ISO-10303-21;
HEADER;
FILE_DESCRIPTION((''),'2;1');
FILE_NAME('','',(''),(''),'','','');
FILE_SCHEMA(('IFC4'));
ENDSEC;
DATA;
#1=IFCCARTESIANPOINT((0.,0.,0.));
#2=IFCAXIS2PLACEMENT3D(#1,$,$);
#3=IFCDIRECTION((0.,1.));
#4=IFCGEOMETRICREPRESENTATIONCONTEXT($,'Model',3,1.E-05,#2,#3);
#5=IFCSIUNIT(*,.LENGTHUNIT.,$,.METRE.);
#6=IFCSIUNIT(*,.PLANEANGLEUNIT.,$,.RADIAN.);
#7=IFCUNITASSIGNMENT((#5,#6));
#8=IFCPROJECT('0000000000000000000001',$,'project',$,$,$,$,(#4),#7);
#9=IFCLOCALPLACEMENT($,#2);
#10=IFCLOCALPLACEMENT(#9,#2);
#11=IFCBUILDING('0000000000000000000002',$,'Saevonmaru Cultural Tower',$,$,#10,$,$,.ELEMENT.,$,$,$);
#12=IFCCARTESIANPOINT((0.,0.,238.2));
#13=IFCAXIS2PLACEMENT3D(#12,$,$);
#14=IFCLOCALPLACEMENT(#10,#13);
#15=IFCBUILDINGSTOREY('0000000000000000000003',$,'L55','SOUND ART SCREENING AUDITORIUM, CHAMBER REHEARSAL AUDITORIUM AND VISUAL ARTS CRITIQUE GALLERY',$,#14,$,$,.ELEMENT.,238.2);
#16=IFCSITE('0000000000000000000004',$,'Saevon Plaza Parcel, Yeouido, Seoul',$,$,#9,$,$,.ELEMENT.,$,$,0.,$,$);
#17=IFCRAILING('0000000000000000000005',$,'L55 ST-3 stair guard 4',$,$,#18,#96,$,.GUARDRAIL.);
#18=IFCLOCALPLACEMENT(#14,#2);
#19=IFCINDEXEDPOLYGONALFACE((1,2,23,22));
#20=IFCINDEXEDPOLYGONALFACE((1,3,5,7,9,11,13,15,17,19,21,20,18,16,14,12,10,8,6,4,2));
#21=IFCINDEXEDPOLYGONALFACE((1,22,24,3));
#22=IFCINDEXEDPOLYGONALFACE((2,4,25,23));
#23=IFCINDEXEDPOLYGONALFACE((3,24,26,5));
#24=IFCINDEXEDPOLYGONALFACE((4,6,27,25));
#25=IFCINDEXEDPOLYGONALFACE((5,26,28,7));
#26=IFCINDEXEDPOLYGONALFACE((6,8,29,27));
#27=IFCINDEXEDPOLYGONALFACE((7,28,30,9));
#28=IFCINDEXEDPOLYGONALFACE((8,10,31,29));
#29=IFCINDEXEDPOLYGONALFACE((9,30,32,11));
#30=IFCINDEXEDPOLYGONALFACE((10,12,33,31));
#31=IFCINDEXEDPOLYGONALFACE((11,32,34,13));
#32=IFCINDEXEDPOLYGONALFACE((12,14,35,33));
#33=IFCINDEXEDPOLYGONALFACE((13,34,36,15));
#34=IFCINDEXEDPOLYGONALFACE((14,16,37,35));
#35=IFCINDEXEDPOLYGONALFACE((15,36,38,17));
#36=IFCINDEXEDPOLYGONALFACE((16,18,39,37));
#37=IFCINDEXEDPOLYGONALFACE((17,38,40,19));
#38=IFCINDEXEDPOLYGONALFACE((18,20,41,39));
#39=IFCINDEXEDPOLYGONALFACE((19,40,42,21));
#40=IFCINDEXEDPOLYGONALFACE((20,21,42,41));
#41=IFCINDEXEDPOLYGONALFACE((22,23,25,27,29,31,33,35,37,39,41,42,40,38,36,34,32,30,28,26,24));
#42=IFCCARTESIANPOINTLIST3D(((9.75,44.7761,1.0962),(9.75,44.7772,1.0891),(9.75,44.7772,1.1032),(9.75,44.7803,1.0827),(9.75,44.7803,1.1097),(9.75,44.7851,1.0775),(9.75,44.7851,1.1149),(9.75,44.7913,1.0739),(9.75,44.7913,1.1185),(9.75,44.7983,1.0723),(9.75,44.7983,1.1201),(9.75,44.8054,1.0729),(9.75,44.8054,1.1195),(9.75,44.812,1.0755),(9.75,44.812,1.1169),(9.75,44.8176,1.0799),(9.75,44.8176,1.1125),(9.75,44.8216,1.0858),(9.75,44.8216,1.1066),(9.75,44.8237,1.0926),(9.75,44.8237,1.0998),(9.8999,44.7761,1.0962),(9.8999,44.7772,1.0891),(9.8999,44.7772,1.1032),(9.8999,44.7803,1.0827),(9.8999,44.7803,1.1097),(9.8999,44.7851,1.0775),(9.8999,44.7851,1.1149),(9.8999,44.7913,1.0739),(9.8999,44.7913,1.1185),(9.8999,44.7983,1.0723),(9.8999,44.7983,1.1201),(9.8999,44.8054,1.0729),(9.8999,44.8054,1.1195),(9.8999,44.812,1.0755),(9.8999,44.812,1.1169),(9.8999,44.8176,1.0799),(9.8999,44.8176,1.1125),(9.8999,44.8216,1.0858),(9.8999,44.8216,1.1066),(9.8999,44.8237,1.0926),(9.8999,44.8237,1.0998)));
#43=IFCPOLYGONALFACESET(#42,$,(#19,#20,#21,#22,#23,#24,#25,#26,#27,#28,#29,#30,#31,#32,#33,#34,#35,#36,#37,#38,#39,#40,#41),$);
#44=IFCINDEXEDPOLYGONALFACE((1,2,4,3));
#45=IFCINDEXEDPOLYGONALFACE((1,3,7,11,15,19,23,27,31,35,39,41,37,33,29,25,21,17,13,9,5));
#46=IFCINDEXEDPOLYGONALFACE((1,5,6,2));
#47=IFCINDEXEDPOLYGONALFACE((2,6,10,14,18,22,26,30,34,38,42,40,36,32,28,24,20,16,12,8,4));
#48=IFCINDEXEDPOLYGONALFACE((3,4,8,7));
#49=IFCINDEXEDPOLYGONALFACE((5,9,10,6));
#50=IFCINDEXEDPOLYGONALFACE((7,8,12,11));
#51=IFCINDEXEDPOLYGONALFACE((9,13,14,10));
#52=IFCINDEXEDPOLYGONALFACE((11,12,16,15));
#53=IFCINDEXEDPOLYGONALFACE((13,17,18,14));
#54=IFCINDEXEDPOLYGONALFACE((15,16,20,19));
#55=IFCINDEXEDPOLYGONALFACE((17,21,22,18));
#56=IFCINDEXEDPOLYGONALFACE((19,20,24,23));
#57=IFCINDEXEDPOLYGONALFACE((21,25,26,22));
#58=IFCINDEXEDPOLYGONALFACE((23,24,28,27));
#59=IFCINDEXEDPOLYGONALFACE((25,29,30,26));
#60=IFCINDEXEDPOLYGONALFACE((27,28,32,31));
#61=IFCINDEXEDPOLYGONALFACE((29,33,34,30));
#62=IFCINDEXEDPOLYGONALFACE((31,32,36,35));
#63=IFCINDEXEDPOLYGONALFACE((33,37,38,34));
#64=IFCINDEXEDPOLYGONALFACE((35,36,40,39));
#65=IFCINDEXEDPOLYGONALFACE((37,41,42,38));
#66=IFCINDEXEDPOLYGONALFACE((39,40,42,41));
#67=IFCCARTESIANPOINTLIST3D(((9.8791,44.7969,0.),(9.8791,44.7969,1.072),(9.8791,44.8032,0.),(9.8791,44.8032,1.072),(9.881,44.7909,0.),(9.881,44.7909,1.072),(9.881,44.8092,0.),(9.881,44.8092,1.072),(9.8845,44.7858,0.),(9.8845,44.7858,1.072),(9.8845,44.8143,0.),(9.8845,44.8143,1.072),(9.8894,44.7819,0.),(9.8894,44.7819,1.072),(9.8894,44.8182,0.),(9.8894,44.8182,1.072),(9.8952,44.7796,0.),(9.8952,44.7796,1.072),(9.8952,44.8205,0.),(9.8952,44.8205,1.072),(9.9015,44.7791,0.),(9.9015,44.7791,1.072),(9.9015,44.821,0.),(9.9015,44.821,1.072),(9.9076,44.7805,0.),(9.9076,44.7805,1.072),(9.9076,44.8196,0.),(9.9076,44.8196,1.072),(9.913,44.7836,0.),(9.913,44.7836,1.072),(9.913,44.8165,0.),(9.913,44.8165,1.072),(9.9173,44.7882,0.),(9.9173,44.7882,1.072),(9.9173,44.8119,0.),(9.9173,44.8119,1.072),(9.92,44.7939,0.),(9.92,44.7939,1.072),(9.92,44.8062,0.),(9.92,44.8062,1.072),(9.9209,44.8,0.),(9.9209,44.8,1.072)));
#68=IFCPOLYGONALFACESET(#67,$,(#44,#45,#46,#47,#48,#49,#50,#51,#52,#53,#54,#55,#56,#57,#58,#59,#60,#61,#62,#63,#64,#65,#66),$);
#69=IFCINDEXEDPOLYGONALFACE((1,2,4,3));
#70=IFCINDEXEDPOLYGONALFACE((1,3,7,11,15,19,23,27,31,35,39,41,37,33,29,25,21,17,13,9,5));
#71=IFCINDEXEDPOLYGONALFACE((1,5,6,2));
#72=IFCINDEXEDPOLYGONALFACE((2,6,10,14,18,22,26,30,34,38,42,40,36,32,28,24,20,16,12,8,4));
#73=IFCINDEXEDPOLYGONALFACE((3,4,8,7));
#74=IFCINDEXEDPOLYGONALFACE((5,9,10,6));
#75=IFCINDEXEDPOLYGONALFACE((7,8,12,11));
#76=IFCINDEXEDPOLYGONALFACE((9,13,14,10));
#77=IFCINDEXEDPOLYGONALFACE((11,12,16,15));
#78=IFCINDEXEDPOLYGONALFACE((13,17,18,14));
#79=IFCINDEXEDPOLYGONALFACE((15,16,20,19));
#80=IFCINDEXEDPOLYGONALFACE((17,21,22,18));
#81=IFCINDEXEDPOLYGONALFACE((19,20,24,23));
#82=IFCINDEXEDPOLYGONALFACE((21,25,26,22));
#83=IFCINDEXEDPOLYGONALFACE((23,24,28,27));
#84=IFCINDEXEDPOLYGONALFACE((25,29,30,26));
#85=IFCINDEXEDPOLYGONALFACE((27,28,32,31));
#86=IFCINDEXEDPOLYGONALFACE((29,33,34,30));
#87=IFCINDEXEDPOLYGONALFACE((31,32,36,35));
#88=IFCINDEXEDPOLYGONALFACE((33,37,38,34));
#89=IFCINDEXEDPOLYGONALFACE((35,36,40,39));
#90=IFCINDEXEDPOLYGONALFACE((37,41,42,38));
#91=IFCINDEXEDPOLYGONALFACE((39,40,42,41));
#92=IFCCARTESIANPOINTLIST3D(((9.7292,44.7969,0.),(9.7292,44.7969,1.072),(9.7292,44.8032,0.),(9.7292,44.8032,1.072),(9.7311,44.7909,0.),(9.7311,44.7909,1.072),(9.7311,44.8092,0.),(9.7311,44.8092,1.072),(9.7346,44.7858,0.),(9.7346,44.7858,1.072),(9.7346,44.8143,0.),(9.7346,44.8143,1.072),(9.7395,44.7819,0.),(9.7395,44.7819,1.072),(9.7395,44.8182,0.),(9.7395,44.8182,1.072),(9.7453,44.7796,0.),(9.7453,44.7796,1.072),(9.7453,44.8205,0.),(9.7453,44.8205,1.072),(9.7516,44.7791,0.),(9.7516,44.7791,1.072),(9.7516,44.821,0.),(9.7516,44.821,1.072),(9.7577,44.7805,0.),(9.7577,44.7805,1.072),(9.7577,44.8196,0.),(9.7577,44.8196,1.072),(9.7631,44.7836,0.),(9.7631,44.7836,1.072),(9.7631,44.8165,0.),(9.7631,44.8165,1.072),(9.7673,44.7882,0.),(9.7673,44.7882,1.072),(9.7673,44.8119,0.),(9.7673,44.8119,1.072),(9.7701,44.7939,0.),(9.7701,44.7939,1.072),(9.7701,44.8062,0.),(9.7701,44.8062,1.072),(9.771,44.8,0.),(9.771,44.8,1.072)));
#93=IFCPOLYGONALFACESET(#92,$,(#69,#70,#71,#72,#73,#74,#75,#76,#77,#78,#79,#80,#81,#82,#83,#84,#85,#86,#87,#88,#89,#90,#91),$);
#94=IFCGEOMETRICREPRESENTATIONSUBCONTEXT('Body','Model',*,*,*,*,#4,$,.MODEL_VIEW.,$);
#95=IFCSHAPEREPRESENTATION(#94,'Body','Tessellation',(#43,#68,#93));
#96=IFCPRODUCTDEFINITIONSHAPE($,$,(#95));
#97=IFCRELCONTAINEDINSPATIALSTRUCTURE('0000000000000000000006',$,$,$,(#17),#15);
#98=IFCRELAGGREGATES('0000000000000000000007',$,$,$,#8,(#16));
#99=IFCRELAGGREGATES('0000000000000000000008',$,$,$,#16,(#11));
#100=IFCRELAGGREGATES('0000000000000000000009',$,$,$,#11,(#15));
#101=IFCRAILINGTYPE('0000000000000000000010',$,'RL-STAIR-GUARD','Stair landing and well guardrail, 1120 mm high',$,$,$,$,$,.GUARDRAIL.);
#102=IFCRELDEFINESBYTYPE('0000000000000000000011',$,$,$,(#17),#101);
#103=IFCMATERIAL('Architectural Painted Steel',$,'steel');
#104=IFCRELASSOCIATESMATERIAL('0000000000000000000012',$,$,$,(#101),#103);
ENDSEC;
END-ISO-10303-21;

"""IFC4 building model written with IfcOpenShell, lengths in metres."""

from ifc_helpers import new_model, si_unit, direction, frame, origin, origin_2d, place, context, subcontext, project, spatial, circle, extrude, material, type_object, element, save


model = new_model("IFC4")

# Units and contexts
model_context = context("Model", 3, precision=1e-05, world=origin(), true_north=direction((0.0, 1.0)))
body_context = subcontext(model_context, "Body", "Model", "MODEL_VIEW")
ifc_project = project(units=[si_unit("LENGTHUNIT", "METRE"), si_unit("PLANEANGLEUNIT", "RADIAN")], contexts=[model_context])

# Site, building, storey
site_placement = place(None, origin())
site = spatial("IfcSite", under=ifc_project, at=site_placement, Name="Saevon Plaza Parcel, Yeouido, Seoul", CompositionType="ELEMENT", RefElevation=0.0)
building_placement = place(site_placement, origin())
building = spatial("IfcBuilding", under=site, at=building_placement, Name="Saevonmaru Cultural Tower", CompositionType="ELEMENT")
storey_placement = place(building_placement, frame((0.0, 0.0, 238.2)))
storey = spatial("IfcBuildingStorey", under=building, at=storey_placement, Name="L55", Description="SOUND ART SCREENING AUDITORIUM, CHAMBER REHEARSAL AUDITORIUM AND VISUAL ARTS CRITIQUE GALLERY", CompositionType="ELEMENT", Elevation=238.2)

# Railing
ifc_material_1 = material(Name="Architectural Painted Steel", Category="steel")
railing_type_1 = type_object("IfcRailingType", Name="RL-STAIR-GUARD", Description="Stair landing and well guardrail, 1120 mm high", PredefinedType="GUARDRAIL", material=ifc_material_1)
railing_1_placement = place(storey_placement, frame((9.8999, 44.8, 0.0)))
element("IfcRailing", 1, at=railing_1_placement, inside=storey, type_object=railing_type_1, Name="L55 ST-3 stair guard 4", PredefinedType="GUARDRAIL", context=body_context, shape_type="SweptSolid", body=[
    extrude(circle(Radius=0.0239, at=origin_2d()), frame((0.0, 0.0, 1.0962), z_axis=(-1.0, 0.0, 0.0), x_axis=(0.0, -1.0, 0.0)), (0.0, 0.0, 1.0), 0.1499),
    extrude(circle(Radius=0.021, at=origin_2d()), origin(), (0.0, 0.0, 1.0), 1.072),
    extrude(circle(Radius=0.021, at=origin_2d()), frame((-0.1499, 0.0, 0.0)), (0.0, 0.0, 1.0), 1.072),
])

save(model, "model.ifc")
